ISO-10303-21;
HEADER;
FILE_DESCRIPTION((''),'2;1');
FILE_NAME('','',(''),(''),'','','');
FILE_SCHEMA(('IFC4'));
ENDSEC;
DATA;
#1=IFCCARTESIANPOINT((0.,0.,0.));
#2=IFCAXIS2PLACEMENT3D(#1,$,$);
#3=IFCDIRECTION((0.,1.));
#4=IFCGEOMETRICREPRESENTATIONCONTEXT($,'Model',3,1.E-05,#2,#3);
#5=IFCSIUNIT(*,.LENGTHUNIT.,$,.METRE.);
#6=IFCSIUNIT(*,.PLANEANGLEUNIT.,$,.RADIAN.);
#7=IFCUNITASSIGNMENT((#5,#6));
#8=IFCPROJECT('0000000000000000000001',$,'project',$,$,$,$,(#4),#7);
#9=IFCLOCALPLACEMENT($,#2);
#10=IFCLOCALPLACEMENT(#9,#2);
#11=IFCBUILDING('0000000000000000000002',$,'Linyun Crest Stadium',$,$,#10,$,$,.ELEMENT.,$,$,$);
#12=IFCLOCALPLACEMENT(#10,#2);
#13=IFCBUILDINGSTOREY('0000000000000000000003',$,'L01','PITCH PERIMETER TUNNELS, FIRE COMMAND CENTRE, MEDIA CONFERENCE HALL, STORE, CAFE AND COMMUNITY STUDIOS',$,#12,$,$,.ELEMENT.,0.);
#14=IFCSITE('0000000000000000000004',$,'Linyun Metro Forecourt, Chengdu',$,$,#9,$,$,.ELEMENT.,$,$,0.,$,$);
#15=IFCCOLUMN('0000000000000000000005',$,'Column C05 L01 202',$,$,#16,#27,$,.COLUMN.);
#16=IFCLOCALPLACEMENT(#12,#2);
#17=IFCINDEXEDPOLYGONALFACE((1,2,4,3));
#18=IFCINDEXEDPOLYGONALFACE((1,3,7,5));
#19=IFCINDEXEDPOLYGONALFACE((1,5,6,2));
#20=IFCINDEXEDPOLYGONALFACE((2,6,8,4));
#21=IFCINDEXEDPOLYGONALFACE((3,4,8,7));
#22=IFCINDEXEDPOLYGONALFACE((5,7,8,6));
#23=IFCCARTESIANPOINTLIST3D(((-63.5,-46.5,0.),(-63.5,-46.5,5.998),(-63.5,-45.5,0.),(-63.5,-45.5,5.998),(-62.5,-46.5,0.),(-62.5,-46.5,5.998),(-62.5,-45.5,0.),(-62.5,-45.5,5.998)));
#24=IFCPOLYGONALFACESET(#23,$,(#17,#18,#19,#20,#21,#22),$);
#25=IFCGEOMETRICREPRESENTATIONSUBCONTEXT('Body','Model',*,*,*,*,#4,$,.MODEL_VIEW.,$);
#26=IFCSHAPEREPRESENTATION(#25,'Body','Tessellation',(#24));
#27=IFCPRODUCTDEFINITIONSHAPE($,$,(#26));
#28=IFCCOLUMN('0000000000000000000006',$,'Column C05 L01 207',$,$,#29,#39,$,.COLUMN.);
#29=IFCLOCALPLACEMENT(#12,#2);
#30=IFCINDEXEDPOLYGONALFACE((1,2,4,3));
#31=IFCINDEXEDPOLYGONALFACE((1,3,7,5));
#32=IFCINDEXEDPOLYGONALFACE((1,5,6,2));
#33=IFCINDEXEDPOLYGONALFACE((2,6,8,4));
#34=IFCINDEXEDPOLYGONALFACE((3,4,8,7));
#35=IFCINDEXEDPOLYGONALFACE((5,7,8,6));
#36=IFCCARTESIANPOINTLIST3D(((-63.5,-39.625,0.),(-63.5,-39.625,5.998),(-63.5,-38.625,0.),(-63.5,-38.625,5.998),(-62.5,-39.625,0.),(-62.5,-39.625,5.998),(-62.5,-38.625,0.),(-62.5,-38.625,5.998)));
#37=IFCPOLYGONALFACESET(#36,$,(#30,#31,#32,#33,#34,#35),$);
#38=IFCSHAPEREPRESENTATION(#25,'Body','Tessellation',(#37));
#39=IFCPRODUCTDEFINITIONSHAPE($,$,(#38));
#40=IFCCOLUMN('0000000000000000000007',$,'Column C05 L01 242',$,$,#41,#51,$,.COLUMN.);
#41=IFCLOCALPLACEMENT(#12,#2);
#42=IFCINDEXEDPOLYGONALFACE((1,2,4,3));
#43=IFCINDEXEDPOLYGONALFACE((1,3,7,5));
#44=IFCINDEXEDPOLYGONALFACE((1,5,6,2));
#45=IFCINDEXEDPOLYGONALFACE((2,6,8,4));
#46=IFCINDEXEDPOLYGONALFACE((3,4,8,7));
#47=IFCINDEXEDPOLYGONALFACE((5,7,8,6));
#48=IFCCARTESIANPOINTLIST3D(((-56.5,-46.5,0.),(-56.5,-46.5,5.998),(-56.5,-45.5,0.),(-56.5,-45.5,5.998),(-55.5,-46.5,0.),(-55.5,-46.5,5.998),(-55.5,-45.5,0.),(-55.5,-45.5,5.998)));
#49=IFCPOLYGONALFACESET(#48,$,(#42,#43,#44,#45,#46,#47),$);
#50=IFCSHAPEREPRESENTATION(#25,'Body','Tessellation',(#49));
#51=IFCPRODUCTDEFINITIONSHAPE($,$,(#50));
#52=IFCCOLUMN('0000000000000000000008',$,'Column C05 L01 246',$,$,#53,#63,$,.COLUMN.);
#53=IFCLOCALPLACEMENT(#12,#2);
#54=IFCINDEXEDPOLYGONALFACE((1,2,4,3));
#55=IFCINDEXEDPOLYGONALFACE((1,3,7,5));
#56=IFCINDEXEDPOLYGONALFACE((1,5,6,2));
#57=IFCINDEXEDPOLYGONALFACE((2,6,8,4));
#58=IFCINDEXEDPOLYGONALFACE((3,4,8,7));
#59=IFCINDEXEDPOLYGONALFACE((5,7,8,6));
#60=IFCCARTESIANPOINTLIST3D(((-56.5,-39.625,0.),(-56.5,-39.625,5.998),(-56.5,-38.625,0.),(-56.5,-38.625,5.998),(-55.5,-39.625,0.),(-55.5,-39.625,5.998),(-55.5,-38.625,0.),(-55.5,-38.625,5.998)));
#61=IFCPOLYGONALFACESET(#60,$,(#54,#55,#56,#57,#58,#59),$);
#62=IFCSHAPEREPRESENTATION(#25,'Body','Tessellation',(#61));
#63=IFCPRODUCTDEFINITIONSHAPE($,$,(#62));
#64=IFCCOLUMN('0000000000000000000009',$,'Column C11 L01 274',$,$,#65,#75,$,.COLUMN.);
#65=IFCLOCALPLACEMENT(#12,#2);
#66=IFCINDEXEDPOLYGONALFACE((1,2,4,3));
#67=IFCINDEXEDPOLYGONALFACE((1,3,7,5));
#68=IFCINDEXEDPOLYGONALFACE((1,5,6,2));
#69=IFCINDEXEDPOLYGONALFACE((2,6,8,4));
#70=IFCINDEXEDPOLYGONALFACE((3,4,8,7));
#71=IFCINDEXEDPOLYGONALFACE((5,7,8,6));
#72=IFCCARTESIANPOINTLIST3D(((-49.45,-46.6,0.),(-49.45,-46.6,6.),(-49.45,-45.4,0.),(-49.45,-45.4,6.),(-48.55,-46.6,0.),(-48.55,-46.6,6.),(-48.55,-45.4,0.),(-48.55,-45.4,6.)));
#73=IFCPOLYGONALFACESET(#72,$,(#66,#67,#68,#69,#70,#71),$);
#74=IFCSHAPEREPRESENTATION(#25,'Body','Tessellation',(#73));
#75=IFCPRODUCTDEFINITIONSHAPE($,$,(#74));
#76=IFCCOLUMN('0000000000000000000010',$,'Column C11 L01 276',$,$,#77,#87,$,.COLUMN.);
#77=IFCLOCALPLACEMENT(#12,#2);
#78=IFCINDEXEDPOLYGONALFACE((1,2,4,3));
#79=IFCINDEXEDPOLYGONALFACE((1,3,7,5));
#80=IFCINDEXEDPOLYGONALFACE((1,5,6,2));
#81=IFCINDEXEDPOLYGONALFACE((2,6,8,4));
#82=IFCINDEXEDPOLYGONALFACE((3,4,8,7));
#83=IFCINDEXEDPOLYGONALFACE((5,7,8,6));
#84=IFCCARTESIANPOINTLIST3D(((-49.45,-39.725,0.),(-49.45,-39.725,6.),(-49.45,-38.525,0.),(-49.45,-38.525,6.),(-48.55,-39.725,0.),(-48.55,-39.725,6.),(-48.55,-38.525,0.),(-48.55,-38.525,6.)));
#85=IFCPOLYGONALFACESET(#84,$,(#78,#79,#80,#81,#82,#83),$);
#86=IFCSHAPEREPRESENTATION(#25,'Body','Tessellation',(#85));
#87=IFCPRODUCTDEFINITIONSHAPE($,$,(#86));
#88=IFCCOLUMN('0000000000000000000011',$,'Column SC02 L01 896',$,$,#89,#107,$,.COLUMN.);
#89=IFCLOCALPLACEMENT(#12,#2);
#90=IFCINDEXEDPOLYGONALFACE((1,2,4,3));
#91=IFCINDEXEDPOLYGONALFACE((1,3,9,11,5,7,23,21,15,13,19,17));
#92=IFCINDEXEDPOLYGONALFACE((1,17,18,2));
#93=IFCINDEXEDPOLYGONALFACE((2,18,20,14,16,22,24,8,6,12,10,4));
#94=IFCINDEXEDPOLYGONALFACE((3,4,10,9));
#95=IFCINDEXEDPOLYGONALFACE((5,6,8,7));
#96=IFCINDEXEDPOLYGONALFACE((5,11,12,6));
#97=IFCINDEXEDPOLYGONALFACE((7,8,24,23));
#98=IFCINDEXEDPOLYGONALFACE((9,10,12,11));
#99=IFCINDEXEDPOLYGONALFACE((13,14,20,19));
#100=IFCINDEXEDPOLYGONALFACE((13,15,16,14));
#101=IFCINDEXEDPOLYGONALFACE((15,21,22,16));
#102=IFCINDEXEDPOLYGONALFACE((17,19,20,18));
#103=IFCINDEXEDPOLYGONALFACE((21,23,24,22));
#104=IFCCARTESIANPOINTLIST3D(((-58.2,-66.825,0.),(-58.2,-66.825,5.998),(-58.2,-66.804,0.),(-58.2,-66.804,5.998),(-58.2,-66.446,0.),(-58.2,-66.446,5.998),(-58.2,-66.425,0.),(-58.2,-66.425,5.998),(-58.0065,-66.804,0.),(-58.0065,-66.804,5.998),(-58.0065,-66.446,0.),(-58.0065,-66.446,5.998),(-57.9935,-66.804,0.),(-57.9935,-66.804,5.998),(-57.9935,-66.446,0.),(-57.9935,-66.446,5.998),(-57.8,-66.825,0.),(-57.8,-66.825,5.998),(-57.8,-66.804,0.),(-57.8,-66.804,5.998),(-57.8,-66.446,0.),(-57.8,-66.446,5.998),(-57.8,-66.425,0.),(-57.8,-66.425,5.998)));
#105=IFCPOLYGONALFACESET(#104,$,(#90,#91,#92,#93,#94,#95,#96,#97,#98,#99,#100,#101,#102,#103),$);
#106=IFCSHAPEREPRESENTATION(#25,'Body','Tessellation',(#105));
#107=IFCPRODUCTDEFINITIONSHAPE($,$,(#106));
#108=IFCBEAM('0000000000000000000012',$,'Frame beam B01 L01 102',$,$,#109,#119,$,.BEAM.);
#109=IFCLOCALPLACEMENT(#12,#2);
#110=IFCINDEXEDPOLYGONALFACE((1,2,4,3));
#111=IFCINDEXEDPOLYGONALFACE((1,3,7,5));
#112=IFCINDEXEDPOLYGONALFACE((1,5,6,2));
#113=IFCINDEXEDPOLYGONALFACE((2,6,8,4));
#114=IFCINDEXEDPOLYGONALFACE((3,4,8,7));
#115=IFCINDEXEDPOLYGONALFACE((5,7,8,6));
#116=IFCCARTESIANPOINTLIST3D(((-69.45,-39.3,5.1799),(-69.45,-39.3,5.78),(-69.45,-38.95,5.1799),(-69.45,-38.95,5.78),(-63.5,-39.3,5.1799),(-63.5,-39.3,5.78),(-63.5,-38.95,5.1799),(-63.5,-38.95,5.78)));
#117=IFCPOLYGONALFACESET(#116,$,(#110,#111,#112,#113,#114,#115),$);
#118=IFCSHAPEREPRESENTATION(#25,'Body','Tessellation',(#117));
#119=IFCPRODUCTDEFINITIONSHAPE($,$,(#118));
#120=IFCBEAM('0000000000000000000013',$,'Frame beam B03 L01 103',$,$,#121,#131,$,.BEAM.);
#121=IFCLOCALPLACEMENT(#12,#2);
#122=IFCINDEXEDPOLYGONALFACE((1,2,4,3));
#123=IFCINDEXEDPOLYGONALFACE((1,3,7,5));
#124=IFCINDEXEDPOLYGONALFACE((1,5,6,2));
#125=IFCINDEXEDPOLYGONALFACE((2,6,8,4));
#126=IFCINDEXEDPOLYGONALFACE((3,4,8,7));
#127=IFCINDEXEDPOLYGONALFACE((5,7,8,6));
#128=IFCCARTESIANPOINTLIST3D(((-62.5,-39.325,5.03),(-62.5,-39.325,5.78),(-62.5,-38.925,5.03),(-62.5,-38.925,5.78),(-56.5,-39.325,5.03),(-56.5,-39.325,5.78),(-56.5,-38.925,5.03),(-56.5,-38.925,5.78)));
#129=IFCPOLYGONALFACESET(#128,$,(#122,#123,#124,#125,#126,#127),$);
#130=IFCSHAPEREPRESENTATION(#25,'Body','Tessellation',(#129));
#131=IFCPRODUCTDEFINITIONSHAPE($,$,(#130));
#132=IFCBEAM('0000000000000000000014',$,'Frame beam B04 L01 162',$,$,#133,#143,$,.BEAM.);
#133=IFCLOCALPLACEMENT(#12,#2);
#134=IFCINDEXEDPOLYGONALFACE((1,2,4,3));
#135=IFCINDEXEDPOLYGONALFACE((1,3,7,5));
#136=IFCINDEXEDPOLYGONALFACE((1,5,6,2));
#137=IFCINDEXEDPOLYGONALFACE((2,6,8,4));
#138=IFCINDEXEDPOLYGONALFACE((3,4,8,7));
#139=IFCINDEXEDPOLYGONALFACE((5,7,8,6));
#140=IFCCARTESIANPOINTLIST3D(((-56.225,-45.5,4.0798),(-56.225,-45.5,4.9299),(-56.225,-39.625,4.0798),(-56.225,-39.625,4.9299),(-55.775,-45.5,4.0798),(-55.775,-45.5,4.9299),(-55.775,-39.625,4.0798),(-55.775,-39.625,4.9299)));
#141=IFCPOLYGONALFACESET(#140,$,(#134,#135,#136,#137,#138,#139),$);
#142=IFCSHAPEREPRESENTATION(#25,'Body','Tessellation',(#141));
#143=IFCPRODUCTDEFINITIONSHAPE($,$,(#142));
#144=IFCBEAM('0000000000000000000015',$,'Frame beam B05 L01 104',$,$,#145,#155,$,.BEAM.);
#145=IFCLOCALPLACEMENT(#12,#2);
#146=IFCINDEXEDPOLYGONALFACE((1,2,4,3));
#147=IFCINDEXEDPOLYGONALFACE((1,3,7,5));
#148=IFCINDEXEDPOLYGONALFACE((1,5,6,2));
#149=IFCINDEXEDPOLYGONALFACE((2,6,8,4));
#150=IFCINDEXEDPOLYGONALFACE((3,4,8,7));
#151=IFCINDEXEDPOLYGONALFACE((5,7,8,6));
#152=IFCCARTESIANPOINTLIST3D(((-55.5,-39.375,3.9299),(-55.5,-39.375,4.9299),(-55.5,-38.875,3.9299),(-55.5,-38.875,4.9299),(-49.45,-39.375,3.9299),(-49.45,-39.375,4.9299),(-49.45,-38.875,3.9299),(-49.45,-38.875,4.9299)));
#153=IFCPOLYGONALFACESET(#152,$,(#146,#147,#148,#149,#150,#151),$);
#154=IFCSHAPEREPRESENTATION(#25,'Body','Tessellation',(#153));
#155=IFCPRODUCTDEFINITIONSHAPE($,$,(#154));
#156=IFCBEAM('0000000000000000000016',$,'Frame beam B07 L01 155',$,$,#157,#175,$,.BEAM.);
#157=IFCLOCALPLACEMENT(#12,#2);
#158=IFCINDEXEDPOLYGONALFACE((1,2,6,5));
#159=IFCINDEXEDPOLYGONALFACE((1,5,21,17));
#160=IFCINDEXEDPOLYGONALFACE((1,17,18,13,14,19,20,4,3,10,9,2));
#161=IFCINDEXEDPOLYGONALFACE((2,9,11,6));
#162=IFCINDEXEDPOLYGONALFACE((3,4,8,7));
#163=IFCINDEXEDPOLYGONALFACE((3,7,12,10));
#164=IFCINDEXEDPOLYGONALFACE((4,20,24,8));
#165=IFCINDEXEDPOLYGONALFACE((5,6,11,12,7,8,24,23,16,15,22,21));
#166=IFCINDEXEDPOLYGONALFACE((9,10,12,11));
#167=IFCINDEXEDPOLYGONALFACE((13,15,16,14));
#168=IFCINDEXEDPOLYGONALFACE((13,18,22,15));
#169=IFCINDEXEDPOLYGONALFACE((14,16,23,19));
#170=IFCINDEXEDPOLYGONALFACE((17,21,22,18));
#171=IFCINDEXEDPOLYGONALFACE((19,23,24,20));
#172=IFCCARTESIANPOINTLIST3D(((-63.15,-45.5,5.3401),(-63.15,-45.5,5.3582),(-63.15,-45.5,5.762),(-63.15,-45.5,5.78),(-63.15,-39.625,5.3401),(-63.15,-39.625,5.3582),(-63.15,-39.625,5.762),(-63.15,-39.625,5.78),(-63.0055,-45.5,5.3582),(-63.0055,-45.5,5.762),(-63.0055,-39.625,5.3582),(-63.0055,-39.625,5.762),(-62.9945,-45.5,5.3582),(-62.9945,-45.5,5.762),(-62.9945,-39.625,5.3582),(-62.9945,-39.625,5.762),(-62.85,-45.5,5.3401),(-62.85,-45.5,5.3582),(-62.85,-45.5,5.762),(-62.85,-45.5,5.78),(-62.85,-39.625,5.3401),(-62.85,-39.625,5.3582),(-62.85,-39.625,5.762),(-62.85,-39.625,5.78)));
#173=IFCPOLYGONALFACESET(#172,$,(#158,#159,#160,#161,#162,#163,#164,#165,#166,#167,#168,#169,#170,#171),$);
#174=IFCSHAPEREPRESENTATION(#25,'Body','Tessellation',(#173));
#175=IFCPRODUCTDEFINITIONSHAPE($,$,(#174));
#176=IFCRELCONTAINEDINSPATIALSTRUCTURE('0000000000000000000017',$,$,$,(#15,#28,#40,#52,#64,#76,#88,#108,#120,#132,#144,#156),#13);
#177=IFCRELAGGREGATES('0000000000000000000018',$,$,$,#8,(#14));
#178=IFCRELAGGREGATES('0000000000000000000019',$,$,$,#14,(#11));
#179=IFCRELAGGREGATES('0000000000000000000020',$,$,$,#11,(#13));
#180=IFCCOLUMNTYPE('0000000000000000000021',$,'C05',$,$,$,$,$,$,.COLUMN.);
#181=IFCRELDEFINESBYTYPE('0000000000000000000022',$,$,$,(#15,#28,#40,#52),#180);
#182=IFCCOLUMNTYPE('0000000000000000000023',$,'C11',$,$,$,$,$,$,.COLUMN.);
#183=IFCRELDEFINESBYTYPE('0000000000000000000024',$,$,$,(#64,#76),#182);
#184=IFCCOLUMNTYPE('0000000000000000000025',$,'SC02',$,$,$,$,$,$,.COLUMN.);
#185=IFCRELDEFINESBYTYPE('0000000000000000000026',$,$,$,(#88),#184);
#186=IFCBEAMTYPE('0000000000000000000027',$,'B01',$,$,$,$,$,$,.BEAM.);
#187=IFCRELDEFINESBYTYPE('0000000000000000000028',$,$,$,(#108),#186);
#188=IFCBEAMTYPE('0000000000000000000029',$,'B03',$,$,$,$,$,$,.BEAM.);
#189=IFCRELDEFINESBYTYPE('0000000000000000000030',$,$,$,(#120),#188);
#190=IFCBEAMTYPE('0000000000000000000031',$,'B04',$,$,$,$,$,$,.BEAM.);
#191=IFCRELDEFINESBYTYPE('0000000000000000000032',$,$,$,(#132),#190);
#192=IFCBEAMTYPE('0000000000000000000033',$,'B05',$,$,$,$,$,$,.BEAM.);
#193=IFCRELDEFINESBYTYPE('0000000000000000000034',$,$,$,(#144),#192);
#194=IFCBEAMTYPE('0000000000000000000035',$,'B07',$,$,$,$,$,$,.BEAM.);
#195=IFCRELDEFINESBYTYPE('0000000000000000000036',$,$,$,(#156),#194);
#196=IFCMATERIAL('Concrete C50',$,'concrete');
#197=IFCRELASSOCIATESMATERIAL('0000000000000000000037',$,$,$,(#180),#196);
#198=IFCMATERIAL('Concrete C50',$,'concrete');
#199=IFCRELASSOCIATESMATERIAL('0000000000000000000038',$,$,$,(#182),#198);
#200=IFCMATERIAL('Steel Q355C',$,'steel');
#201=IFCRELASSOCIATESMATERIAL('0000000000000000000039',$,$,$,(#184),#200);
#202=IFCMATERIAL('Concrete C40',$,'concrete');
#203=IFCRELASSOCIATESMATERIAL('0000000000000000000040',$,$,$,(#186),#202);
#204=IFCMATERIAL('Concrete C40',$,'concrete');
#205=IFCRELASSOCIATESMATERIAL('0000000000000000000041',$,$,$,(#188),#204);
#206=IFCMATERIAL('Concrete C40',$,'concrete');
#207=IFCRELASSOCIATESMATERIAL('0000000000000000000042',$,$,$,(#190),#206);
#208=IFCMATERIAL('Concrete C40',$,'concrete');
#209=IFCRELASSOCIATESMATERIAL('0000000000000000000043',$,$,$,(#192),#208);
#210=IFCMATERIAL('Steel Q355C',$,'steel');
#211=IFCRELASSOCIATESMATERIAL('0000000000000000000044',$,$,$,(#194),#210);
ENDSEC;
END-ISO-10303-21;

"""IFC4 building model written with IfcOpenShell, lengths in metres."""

from ifc_helpers import new_model, si_unit, direction, frame, origin, origin_2d, place, context, subcontext, project, spatial, rectangle, i_section, extrude, material, material_profile, profile_set, type_object, element, save


model = new_model("IFC4")

# Units and contexts
model_context = context("Model", 3, precision=1e-05, world=origin(), true_north=direction((0.0, 1.0)))
body_context = subcontext(model_context, "Body", "Model", "MODEL_VIEW")
ifc_project = project(units=[si_unit("LENGTHUNIT", "METRE"), si_unit("PLANEANGLEUNIT", "RADIAN")], contexts=[model_context])

# Site, building, storey
site_placement = place(None, origin())
site = spatial("IfcSite", under=ifc_project, at=site_placement, Name="Linyun Metro Forecourt, Chengdu", CompositionType="ELEMENT", RefElevation=0.0)
building_placement = place(site_placement, origin())
building = spatial("IfcBuilding", under=site, at=building_placement, Name="Linyun Crest Stadium", CompositionType="ELEMENT")
storey_placement = place(building_placement, origin())
storey = spatial("IfcBuildingStorey", under=building, at=storey_placement, Name="L01", Description="PITCH PERIMETER TUNNELS, FIRE COMMAND CENTRE, MEDIA CONFERENCE HALL, STORE, CAFE AND COMMUNITY STUDIOS", CompositionType="ELEMENT", Elevation=0.0)

# Columns
ifc_material_1 = material(Name="Concrete C50", Category="concrete")
ifc_material_profile_1 = material_profile(ifc_material_1, rectangle(XDim=1.0, YDim=1.0, at=origin_2d()), Name="RC 1000x1000")
ifc_profile_set_1 = profile_set([ifc_material_profile_1], Name="Concrete C50")
column_type_1 = type_object("IfcColumnType", Name="C05", PredefinedType="COLUMN", material=ifc_profile_set_1)
for number, where, z_axis, x_axis, name in (
    (1, (-63.0, -46.0, 0.0), (0.0, 0.0, 1.0), (1.0, 0.0, 0.0), "Column C05 L01 202"),
    (2, (-63.0, -39.125, 0.0), (0.0, 0.0, 1.0), (1.0, 0.0, 0.0), "Column C05 L01 207"),
    (3, (-56.0, -46.0, 0.0), (0.0, 0.0, 1.0), (1.0, 0.0, 0.0), "Column C05 L01 242"),
    (4, (-56.0, -39.125, 0.0), (0.0, 0.0, 1.0), (1.0, 0.0, 0.0), "Column C05 L01 246"),
):
    element("IfcColumn", number, at=place(storey_placement, frame(where, z_axis=z_axis, x_axis=x_axis)), inside=storey, type_object=column_type_1, Name=name, PredefinedType="COLUMN", context=body_context, shape_type="SweptSolid", body=[
        extrude(rectangle(XDim=1.0, YDim=1.0, at=origin_2d()), origin(), (0.0, 0.0, 1.0), 5.998),
    ])
ifc_material_2 = material(Name="Concrete C50", Category="concrete")
ifc_material_profile_2 = material_profile(ifc_material_2, rectangle(XDim=0.8999, YDim=1.2, at=origin_2d()), Name="RC 1200x900")
ifc_profile_set_2 = profile_set([ifc_material_profile_2], Name="Concrete C50")
column_type_2 = type_object("IfcColumnType", Name="C11", PredefinedType="COLUMN", material=ifc_profile_set_2)
for number, where, z_axis, x_axis, name in (
    (5, (-49.0, -46.0, 0.0), (0.0, 0.0, 1.0), (1.0, 0.0, 0.0), "Column C11 L01 274"),
    (6, (-49.0, -39.125, 0.0), (0.0, 0.0, 1.0), (1.0, 0.0, 0.0), "Column C11 L01 276"),
):
    element("IfcColumn", number, at=place(storey_placement, frame(where, z_axis=z_axis, x_axis=x_axis)), inside=storey, type_object=column_type_2, Name=name, PredefinedType="COLUMN", context=body_context, shape_type="SweptSolid", body=[
        extrude(rectangle(XDim=0.8999, YDim=1.2, at=origin_2d()), origin(), (0.0, 0.0, 1.0), 6.0),
    ])
ifc_material_3 = material(Name="Steel Q355C", Category="steel")
ifc_material_profile_3 = material_profile(ifc_material_3, i_section(OverallWidth=0.3999, OverallDepth=0.3999, WebThickness=0.0129, FlangeThickness=0.021, at=origin_2d()), Name="HW 400x400")
ifc_profile_set_3 = profile_set([ifc_material_profile_3], Name="Steel Q355C")
column_type_3 = type_object("IfcColumnType", Name="SC02", PredefinedType="COLUMN", material=ifc_profile_set_3)
column_placement = place(storey_placement, frame((-58.0, -66.625, 0.0), z_axis=(0.0, 0.0, 1.0), x_axis=(1.0, 0.0, 0.0)))
element("IfcColumn", 7, at=column_placement, inside=storey, type_object=column_type_3, Name="Column SC02 L01 896", PredefinedType="COLUMN", context=body_context, shape_type="SweptSolid", body=[
    extrude(i_section(OverallWidth=0.3999, OverallDepth=0.3999, WebThickness=0.0129, FlangeThickness=0.021, at=origin_2d()), origin(), (0.0, 0.0, 1.0), 5.998),
])

# Beams
ifc_material_4 = material(Name="Concrete C40", Category="concrete")
ifc_material_profile_4 = material_profile(ifc_material_4, rectangle(XDim=0.3501, YDim=0.6001, at=origin_2d()), Name="RCB 600x350")
ifc_profile_set_4 = profile_set([ifc_material_profile_4], Name="Concrete C40")
beam_type_1 = type_object("IfcBeamType", Name="B01", PredefinedType="BEAM", material=ifc_profile_set_4)
beam_1_placement = place(storey_placement, frame((-69.45, -39.125, 5.48), z_axis=(1.0, 0.0, 0.0), x_axis=(0.0, 1.0, 0.0)))
element("IfcBeam", 8, at=beam_1_placement, inside=storey, type_object=beam_type_1, Name="Frame beam B01 L01 102", PredefinedType="BEAM", context=body_context, shape_type="SweptSolid", body=[
    extrude(rectangle(XDim=0.3501, YDim=0.6001, at=origin_2d()), origin(), (0.0, 0.0, 1.0), 5.95),
])
ifc_material_5 = material(Name="Concrete C40", Category="concrete")
ifc_material_profile_5 = material_profile(ifc_material_5, rectangle(XDim=0.3999, YDim=0.75, at=origin_2d()), Name="RCB 750x400")
ifc_profile_set_5 = profile_set([ifc_material_profile_5], Name="Concrete C40")
beam_type_2 = type_object("IfcBeamType", Name="B03", PredefinedType="BEAM", material=ifc_profile_set_5)
beam_2_placement = place(storey_placement, frame((-62.5, -39.125, 5.405), z_axis=(1.0, 0.0, 0.0), x_axis=(0.0, 1.0, 0.0)))
element("IfcBeam", 9, at=beam_2_placement, inside=storey, type_object=beam_type_2, Name="Frame beam B03 L01 103", PredefinedType="BEAM", context=body_context, shape_type="SweptSolid", body=[
    extrude(rectangle(XDim=0.3999, YDim=0.75, at=origin_2d()), origin(), (0.0, 0.0, 1.0), 6.0),
])
ifc_material_6 = material(Name="Concrete C40", Category="concrete")
ifc_material_profile_6 = material_profile(ifc_material_6, rectangle(XDim=0.45, YDim=0.8501, at=origin_2d()), Name="RCB 850x450")
ifc_profile_set_6 = profile_set([ifc_material_profile_6], Name="Concrete C40")
beam_type_3 = type_object("IfcBeamType", Name="B04", PredefinedType="BEAM", material=ifc_profile_set_6)
beam_3_placement = place(storey_placement, frame((-56.0, -45.5, 4.5049), z_axis=(0.0, 1.0, 0.0), x_axis=(-1.0, 0.0, 0.0)))
element("IfcBeam", 10, at=beam_3_placement, inside=storey, type_object=beam_type_3, Name="Frame beam B04 L01 162", PredefinedType="BEAM", context=body_context, shape_type="SweptSolid", body=[
    extrude(rectangle(XDim=0.45, YDim=0.8501, at=origin_2d()), origin(), (0.0, 0.0, 1.0), 5.875),
])
ifc_material_7 = material(Name="Concrete C40", Category="concrete")
ifc_material_profile_7 = material_profile(ifc_material_7, rectangle(XDim=0.5, YDim=1.0, at=origin_2d()), Name="RCB 1000x500")
ifc_profile_set_7 = profile_set([ifc_material_profile_7], Name="Concrete C40")
beam_type_4 = type_object("IfcBeamType", Name="B05", PredefinedType="BEAM", material=ifc_profile_set_7)
beam_4_placement = place(storey_placement, frame((-55.5, -39.125, 4.4299), z_axis=(1.0, 0.0, 0.0), x_axis=(0.0, 1.0, 0.0)))
element("IfcBeam", 11, at=beam_4_placement, inside=storey, type_object=beam_type_4, Name="Frame beam B05 L01 104", PredefinedType="BEAM", context=body_context, shape_type="SweptSolid", body=[
    extrude(rectangle(XDim=0.5, YDim=1.0, at=origin_2d()), origin(), (0.0, 0.0, 1.0), 6.05),
])
ifc_material_8 = material(Name="Steel Q355C", Category="steel")
ifc_material_profile_8 = material_profile(ifc_material_8, i_section(OverallWidth=0.3, OverallDepth=0.4399, WebThickness=0.011, FlangeThickness=0.0181, at=origin_2d()), Name="HM 440x300")
ifc_profile_set_8 = profile_set([ifc_material_profile_8], Name="Steel Q355C")
beam_type_5 = type_object("IfcBeamType", Name="B07", PredefinedType="BEAM", material=ifc_profile_set_8)
beam_5_placement = place(storey_placement, frame((-63.0, -45.5, 5.5601), z_axis=(0.0, 1.0, 0.0), x_axis=(-1.0, 0.0, 0.0)))
element("IfcBeam", 12, at=beam_5_placement, inside=storey, type_object=beam_type_5, Name="Frame beam B07 L01 155", PredefinedType="BEAM", context=body_context, shape_type="SweptSolid", body=[
    extrude(i_section(OverallWidth=0.3, OverallDepth=0.4399, WebThickness=0.011, FlangeThickness=0.0181, at=origin_2d()), origin(), (0.0, 0.0, 1.0), 5.875),
])

save(model, "model.ifc")
